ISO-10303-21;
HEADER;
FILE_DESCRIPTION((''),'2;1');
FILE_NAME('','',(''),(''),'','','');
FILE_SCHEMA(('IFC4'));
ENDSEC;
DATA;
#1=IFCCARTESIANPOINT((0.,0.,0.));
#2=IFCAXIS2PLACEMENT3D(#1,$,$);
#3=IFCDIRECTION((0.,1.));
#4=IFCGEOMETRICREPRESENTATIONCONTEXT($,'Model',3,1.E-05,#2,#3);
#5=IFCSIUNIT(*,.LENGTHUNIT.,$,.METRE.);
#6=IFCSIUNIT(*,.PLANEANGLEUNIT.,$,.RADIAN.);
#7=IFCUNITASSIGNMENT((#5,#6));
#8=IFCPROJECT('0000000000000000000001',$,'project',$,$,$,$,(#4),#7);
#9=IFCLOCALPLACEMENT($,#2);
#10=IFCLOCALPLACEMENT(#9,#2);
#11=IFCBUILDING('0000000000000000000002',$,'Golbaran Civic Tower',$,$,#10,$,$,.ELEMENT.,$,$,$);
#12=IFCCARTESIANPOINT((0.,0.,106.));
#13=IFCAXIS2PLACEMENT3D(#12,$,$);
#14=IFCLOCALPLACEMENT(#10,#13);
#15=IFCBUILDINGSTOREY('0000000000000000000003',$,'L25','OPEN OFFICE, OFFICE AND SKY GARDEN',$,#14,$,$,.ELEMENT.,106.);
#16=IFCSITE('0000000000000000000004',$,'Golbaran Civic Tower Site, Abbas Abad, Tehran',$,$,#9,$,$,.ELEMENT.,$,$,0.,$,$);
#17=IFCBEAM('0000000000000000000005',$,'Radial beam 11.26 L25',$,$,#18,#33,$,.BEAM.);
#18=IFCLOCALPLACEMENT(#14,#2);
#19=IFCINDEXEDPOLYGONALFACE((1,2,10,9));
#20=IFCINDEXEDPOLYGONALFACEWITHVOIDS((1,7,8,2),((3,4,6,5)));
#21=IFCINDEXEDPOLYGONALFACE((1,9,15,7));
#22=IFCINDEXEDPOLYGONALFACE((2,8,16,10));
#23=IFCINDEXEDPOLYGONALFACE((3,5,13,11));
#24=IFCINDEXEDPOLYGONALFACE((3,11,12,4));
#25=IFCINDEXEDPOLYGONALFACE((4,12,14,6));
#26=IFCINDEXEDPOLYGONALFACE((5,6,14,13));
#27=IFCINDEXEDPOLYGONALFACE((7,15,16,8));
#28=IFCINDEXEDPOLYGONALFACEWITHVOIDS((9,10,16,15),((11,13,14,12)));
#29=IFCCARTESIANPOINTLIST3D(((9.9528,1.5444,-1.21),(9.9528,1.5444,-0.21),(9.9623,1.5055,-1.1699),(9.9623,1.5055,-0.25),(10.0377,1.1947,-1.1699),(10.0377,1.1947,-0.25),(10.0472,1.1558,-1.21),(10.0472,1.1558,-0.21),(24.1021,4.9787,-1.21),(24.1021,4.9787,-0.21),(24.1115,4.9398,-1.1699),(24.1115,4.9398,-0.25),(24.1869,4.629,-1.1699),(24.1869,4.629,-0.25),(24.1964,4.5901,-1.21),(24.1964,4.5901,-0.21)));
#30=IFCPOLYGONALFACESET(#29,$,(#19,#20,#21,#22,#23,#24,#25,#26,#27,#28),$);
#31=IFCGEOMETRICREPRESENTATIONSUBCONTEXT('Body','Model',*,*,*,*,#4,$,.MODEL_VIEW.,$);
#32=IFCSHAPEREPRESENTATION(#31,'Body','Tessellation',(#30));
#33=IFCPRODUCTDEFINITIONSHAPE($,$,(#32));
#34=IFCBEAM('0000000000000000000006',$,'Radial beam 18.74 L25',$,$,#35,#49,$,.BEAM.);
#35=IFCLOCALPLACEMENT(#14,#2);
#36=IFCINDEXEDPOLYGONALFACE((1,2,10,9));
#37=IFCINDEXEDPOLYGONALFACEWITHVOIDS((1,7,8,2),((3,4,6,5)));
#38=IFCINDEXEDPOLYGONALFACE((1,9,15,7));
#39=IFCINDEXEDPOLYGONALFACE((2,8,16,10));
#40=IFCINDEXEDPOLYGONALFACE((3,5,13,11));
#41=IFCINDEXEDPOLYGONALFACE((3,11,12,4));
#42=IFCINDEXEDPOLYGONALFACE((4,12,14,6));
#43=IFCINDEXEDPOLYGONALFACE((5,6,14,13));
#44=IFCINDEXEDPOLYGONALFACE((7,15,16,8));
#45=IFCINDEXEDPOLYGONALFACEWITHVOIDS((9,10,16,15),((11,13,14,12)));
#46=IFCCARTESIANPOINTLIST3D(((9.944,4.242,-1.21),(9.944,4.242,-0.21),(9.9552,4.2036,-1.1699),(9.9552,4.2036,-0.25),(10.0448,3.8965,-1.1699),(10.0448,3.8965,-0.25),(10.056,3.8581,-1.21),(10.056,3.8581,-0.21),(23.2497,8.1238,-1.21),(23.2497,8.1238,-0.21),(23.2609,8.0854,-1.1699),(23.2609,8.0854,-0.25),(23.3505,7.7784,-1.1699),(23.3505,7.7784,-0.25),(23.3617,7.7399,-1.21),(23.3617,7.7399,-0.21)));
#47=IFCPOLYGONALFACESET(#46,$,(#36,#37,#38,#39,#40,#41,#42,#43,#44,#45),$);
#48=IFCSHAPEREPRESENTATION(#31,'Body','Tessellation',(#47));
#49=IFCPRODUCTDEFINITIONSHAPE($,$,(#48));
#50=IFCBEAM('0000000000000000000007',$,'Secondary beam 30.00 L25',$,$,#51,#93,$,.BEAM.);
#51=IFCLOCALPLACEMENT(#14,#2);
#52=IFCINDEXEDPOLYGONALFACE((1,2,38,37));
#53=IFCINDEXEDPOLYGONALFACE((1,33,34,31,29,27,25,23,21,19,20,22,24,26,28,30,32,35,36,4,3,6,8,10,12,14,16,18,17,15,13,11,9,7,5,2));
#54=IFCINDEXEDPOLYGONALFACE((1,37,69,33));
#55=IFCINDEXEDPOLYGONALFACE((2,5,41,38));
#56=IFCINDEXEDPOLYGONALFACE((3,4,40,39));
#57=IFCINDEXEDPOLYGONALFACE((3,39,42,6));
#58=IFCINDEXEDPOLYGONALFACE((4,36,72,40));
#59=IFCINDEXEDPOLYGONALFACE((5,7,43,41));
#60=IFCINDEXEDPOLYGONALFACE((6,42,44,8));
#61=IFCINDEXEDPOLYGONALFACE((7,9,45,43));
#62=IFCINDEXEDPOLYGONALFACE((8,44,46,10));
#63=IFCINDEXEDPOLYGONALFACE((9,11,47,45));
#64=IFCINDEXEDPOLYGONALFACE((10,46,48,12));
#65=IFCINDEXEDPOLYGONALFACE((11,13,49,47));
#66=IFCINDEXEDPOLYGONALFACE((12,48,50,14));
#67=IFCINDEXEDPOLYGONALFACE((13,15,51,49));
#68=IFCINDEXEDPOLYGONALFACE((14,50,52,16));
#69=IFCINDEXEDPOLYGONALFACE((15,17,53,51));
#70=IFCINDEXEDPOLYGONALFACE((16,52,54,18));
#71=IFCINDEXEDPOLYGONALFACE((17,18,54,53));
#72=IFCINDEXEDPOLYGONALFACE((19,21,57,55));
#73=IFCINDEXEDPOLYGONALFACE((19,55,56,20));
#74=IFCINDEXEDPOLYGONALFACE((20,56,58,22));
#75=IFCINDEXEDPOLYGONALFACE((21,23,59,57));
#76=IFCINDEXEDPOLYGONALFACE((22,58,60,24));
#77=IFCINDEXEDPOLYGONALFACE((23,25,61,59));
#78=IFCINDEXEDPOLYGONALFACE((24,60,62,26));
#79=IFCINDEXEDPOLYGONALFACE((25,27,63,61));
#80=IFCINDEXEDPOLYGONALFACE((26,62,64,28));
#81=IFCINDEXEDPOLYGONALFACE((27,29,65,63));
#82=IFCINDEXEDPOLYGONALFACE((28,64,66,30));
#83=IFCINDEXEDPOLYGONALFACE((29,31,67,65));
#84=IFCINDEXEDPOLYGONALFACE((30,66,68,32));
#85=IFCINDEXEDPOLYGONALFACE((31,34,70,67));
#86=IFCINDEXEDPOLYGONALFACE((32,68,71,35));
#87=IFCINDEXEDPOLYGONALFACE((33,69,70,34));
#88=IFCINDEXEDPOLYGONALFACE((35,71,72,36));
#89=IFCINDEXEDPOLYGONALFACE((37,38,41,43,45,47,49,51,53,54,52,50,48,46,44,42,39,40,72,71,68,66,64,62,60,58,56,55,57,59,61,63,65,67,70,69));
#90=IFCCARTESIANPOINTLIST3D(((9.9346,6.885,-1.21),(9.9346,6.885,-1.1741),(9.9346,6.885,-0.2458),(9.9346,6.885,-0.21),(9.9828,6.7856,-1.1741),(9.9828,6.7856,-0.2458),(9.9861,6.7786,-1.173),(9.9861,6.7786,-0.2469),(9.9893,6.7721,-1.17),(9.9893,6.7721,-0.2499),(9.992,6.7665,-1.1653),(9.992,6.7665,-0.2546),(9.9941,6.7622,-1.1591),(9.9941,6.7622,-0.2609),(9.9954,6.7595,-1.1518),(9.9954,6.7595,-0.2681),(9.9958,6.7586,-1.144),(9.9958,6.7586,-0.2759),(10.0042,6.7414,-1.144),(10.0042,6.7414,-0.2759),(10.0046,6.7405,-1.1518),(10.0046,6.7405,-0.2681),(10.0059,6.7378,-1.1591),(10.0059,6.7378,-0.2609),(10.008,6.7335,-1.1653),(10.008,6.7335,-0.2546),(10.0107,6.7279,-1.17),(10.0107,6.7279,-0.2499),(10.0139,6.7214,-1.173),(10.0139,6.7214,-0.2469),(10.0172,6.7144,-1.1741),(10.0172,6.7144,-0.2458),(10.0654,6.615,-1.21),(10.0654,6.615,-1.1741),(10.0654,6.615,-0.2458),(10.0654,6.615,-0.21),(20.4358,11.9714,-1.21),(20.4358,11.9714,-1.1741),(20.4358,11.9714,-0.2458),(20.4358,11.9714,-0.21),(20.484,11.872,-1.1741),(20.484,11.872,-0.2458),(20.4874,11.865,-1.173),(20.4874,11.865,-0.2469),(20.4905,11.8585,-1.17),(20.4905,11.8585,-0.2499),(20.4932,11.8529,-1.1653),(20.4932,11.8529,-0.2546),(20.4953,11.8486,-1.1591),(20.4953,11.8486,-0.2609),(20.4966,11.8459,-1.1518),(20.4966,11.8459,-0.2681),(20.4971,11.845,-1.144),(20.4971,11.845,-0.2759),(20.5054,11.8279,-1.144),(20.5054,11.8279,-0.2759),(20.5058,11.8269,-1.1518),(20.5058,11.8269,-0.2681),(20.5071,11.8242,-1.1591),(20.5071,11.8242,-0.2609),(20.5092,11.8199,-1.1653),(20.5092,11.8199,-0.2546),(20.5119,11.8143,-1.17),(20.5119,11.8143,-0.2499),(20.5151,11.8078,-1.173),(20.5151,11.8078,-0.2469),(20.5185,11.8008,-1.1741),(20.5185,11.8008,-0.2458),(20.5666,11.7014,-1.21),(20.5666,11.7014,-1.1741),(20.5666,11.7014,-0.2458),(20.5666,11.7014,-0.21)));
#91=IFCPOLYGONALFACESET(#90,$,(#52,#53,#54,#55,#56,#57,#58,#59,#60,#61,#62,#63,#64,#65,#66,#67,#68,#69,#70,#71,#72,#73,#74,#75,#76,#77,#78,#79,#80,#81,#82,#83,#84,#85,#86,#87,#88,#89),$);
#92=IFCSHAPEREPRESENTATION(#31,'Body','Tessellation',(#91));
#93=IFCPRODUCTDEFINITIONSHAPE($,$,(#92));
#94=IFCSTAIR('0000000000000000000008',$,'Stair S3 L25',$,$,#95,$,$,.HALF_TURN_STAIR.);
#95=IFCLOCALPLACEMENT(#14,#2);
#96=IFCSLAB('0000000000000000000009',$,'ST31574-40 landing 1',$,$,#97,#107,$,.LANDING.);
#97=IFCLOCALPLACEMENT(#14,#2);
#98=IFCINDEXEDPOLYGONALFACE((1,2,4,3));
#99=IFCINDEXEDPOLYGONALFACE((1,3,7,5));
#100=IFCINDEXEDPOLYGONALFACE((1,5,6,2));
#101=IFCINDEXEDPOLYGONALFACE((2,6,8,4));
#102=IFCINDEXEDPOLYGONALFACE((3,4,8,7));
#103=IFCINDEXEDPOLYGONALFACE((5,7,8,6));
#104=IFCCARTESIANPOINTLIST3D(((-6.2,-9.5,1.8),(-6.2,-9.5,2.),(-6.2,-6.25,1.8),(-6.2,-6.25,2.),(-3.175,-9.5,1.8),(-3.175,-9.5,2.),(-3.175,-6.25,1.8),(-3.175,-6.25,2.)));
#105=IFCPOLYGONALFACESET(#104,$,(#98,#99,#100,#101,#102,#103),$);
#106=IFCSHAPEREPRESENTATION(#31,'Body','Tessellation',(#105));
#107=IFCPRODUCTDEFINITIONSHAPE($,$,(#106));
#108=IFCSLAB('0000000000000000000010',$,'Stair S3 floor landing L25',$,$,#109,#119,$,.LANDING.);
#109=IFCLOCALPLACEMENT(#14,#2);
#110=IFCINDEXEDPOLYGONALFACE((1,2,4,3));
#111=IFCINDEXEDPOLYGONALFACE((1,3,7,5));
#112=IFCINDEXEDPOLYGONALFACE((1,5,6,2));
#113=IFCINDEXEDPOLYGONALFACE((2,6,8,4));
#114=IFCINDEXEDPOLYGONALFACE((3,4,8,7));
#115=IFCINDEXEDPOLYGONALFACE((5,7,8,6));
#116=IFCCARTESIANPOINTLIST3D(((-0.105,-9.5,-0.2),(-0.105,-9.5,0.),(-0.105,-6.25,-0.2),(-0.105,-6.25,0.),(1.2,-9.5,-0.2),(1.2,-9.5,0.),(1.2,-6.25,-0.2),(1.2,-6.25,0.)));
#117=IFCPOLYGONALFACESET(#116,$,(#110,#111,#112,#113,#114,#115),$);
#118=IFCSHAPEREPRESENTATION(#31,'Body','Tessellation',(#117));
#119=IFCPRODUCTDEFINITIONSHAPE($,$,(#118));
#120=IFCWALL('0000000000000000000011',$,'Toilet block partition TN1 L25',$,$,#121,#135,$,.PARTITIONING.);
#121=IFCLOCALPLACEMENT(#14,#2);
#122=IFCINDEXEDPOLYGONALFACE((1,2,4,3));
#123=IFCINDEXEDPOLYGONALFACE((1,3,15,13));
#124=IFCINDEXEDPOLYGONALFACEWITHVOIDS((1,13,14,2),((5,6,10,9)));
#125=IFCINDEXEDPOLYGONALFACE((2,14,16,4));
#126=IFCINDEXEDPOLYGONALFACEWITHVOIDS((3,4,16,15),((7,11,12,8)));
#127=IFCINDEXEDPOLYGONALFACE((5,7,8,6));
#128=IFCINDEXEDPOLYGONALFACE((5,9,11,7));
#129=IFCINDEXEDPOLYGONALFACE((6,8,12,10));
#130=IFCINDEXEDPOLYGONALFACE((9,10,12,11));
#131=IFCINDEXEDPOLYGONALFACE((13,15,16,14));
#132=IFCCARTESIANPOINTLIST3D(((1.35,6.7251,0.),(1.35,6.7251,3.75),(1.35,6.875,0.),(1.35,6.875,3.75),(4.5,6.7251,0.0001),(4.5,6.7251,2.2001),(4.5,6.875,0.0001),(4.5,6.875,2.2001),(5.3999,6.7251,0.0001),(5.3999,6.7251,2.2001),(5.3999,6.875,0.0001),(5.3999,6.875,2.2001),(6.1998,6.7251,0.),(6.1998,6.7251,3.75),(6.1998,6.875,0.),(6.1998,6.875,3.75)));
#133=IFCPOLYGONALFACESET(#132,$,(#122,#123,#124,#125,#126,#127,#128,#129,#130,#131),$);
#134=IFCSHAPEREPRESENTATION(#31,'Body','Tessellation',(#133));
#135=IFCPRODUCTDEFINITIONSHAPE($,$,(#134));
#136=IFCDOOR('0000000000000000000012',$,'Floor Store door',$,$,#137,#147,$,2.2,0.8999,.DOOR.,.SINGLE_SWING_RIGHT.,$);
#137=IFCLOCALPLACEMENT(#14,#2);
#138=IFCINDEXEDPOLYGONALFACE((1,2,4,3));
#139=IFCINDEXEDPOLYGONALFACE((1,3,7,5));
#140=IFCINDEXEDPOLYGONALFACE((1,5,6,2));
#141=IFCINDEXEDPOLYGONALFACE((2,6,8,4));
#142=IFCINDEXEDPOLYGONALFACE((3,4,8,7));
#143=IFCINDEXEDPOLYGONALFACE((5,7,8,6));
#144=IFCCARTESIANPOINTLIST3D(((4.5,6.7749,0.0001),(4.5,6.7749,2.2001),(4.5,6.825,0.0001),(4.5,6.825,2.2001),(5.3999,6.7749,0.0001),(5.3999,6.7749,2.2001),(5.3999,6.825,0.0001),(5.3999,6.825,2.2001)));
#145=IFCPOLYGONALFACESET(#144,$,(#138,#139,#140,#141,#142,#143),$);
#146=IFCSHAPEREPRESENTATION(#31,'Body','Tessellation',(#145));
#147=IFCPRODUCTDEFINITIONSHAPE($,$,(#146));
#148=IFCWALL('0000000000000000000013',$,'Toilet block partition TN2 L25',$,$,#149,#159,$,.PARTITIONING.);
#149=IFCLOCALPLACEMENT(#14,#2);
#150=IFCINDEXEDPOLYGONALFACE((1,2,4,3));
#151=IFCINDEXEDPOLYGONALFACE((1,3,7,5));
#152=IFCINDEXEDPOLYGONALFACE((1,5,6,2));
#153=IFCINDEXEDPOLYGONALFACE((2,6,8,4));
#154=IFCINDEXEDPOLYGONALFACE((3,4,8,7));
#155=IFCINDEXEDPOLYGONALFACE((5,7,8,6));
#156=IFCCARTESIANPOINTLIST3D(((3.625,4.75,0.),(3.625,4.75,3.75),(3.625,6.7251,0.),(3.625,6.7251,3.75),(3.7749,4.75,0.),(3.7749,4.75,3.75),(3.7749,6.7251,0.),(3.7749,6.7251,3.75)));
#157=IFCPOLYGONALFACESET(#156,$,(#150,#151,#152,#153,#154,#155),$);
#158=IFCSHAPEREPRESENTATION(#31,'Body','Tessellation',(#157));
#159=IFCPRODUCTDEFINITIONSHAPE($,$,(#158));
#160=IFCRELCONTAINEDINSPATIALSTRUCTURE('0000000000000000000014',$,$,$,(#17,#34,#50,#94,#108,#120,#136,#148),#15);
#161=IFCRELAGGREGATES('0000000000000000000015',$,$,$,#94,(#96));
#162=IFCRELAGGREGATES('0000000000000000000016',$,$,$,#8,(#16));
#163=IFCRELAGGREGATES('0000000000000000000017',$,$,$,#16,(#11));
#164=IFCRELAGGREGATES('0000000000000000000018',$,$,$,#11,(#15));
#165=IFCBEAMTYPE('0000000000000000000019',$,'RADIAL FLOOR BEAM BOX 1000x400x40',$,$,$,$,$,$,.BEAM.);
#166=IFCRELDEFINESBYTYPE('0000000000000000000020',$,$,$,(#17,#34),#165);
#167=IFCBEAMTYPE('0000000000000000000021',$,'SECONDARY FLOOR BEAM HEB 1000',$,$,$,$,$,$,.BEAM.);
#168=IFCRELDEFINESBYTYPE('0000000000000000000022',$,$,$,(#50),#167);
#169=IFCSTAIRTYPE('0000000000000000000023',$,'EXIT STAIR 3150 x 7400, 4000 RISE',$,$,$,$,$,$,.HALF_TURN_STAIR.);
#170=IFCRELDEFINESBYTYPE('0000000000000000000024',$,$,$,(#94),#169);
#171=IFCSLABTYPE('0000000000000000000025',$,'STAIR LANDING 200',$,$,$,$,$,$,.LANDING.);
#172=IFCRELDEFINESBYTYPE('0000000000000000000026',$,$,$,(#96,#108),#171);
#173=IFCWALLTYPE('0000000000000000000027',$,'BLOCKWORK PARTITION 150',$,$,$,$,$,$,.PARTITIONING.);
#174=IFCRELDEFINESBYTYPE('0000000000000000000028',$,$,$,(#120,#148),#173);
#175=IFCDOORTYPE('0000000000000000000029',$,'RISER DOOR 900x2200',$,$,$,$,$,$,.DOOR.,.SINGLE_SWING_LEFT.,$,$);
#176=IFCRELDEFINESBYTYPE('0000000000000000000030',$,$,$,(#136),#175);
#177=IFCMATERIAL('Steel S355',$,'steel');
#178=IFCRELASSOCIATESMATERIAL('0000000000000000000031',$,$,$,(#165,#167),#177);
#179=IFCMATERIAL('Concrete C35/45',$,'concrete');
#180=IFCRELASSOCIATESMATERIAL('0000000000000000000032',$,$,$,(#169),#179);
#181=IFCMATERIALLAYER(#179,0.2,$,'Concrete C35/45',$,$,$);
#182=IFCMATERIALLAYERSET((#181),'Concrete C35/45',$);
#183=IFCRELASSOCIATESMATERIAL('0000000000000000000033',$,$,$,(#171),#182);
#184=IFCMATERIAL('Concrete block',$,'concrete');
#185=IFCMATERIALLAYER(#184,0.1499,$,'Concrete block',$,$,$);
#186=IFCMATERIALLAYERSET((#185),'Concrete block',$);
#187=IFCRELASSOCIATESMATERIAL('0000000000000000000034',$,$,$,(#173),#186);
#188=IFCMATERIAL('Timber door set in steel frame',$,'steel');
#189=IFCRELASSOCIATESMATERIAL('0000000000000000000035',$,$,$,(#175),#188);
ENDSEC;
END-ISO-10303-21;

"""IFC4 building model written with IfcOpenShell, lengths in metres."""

from ifc_helpers import new_model, si_unit, direction, frame, frame_2d, origin, origin_2d, place, context, subcontext, project, spatial, polyline, rectangle, hollow_rectangle, i_section, outline, extrude, material, layer, layer_set, material_profile, profile_set, type_object, element, fill, aggregate, save


model = new_model("IFC4")

# Units and contexts
model_context = context("Model", 3, precision=1e-05, world=origin(), true_north=direction((0.0, 1.0)))
body_context = subcontext(model_context, "Body", "Model", "MODEL_VIEW")
ifc_project = project(units=[si_unit("LENGTHUNIT", "METRE"), si_unit("PLANEANGLEUNIT", "RADIAN")], contexts=[model_context])

# Site, building, storey
site_placement = place(None, origin())
site = spatial("IfcSite", under=ifc_project, at=site_placement, Name="Golbaran Civic Tower Site, Abbas Abad, Tehran", CompositionType="ELEMENT", RefElevation=0.0)
building_placement = place(site_placement, origin())
building = spatial("IfcBuilding", under=site, at=building_placement, Name="Golbaran Civic Tower", CompositionType="ELEMENT")
storey_placement = place(building_placement, frame((0.0, 0.0, 106.0)))
storey = spatial("IfcBuildingStorey", under=building, at=storey_placement, Name="L25", Description="OPEN OFFICE, OFFICE AND SKY GARDEN", CompositionType="ELEMENT", Elevation=106.0)

# Beams
ifc_material_1 = material(Name="Steel S355", Category="steel")
ifc_material_profile_1 = material_profile(ifc_material_1, hollow_rectangle(XDim=0.3999, YDim=1.0, WallThickness=0.04, at=origin_2d()), Name="BOX 1000x400x40")
ifc_profile_set_1 = profile_set([ifc_material_profile_1], Name="Steel S355")
beam_type_1 = type_object("IfcBeamType", Name="RADIAL FLOOR BEAM BOX 1000x400x40", PredefinedType="BEAM", material=ifc_profile_set_1)
beam_1_placement = place(storey_placement, frame((10.0, 1.3501, -0.71), z_axis=(0.971784, 0.235874, 0.0), x_axis=(-0.235874, 0.971784, 0.0)))
element("IfcBeam", 1, at=beam_1_placement, inside=storey, type_object=beam_type_1, Name="Radial beam 11.26 L25", PredefinedType="BEAM", context=body_context, shape_type="SweptSolid", body=[
    extrude(hollow_rectangle(XDim=0.3999, YDim=1.0, WallThickness=0.04, at=origin_2d()), origin(), (0.0, 0.0, 1.0), 14.5601),
])
beam_2_placement = place(storey_placement, frame((10.0, 4.05, -0.71), z_axis=(0.95998, 0.280068, 0.0), x_axis=(-0.280068, 0.95998, 0.0)))
element("IfcBeam", 2, at=beam_2_placement, inside=storey, type_object=beam_type_1, Name="Radial beam 18.74 L25", PredefinedType="BEAM", context=body_context, shape_type="SweptSolid", body=[
    extrude(hollow_rectangle(XDim=0.3999, YDim=1.0, WallThickness=0.04, at=origin_2d()), origin(), (0.0, 0.0, 1.0), 13.8604),
])
ifc_material_profile_2 = material_profile(ifc_material_1, i_section(OverallWidth=0.3, OverallDepth=1.0, WebThickness=0.019, FlangeThickness=0.0359, FilletRadius=0.03, at=origin_2d()), Name="HEB 1000")
ifc_profile_set_2 = profile_set([ifc_material_profile_2], Name="Steel S355")
beam_type_2 = type_object("IfcBeamType", Name="SECONDARY FLOOR BEAM HEB 1000", PredefinedType="BEAM", material=ifc_profile_set_2)
beam_3_placement = place(storey_placement, frame((10.0, 6.75, -0.71), z_axis=(0.899985, 0.435921, 0.0), x_axis=(-0.435921, 0.899985, 0.0)))
element("IfcBeam", 3, at=beam_3_placement, inside=storey, type_object=beam_type_2, Name="Secondary beam 30.00 L25", PredefinedType="BEAM", context=body_context, shape_type="SweptSolid", body=[
    extrude(i_section(OverallWidth=0.3, OverallDepth=1.0, WebThickness=0.019, FlangeThickness=0.0359, FilletRadius=0.03, at=origin_2d()), origin(), (0.0, 0.0, 1.0), 11.6682),
])

# Stair, slab
ifc_material_2 = material(Name="Concrete C35/45", Category="concrete")
stair_type = type_object("IfcStairType", Name="EXIT STAIR 3150 x 7400, 4000 RISE", PredefinedType="HALF_TURN_STAIR", material=ifc_material_2)
stair_placement = place(storey_placement, origin())
stair = element("IfcStair", 4, at=stair_placement, inside=storey, type_object=stair_type, Name="Stair S3 L25", PredefinedType="HALF_TURN_STAIR")
ifc_layer_1 = layer(ifc_material_2, 0.2, Name="Concrete C35/45")
ifc_layer_set_1 = layer_set([ifc_layer_1], Name="Concrete C35/45")
slab_type = type_object("IfcSlabType", Name="STAIR LANDING 200", PredefinedType="LANDING", material=ifc_layer_set_1)
slab_1_placement = place(storey_placement, frame((0.0, 0.0, 1.8)))
slab_1 = element("IfcSlab", 5, at=slab_1_placement, type_object=slab_type, Name="ST31574-40 landing 1", PredefinedType="LANDING", context=body_context, shape_type="SweptSolid", body=[
    extrude(outline(polyline([(-3.175, -9.5), (-6.2, -9.5), (-6.2, -6.25), (-3.175, -6.25), (-3.175, -9.5)])), origin(), (0.0, 0.0, 1.0), 0.2),
])
aggregate(stair, [slab_1])

# Slab
slab_2_placement = place(storey_placement, frame((0.0, 0.0, -0.2)))
element("IfcSlab", 6, at=slab_2_placement, inside=storey, type_object=slab_type, Name="Stair S3 floor landing L25", PredefinedType="LANDING", context=body_context, shape_type="SweptSolid", body=[
    extrude(outline(polyline([(1.2, -9.5), (-0.105, -9.5), (-0.105, -6.25), (1.2, -6.25), (1.2, -9.5)])), origin(), (0.0, 0.0, 1.0), 0.2),
])

# Wall, opening, door
ifc_material_3 = material(Name="Concrete block", Category="concrete")
ifc_layer_2 = layer(ifc_material_3, 0.1499, Name="Concrete block")
ifc_layer_set_2 = layer_set([ifc_layer_2], Name="Concrete block")
wall_type_1 = type_object("IfcWallType", Name="BLOCKWORK PARTITION 150", PredefinedType="PARTITIONING", material=ifc_layer_set_2)
wall_1_placement = place(storey_placement, frame((1.3501, 6.8, 0.0), z_axis=(0.0, 0.0, 1.0), x_axis=(1.0, 0.0, 0.0)))
wall_1 = element("IfcWall", 7, at=wall_1_placement, inside=storey, type_object=wall_type_1, Name="Toilet block partition TN1 L25", PredefinedType="PARTITIONING", context=body_context, shape_type="SweptSolid", body=[
    extrude(rectangle(XDim=4.8499, YDim=0.1499, at=frame_2d((2.4248, 0.0))), origin(), (0.0, 0.0, 1.0), 3.75),
])
opening_1_placement = place(wall_1_placement, frame((3.1499, 0.0, 0.0)))
opening_1 = element("IfcOpeningElement", 8, at=opening_1_placement, cuts=wall_1, PredefinedType="OPENING", context=body_context, shape_type="SweptSolid", body=[
    extrude(rectangle(XDim=0.8999, YDim=2.2, at=frame_2d((0.45, 1.1001))), frame((0.0, 0.085, 0.0), z_axis=(0.0, -1.0, 0.0), x_axis=(1.0, 0.0, 0.0)), (0.0, 0.0, 1.0), 0.1699),
])
ifc_material_4 = material(Name="Timber door set in steel frame", Category="steel")
door_type_1 = type_object("IfcDoorType", Name="RISER DOOR 900x2200", OperationType="SINGLE_SWING_LEFT", PredefinedType="DOOR", material=ifc_material_4)
door_1_placement = place(opening_1_placement, origin())
door_1 = element("IfcDoor", 9, at=door_1_placement, inside=storey, type_object=door_type_1, Name="Floor Store door", OperationType="SINGLE_SWING_RIGHT", OverallHeight=2.2, OverallWidth=0.8999, PredefinedType="DOOR", context=body_context, shape_type="SweptSolid", body=[
    extrude(rectangle(XDim=0.8999, YDim=2.2, at=frame_2d((0.45, 1.1001))), frame((0.0, 0.0249, 0.0), z_axis=(0.0, -1.0, 0.0), x_axis=(1.0, 0.0, 0.0)), (0.0, 0.0, 1.0), 0.05),
])
fill(opening_1, door_1)

# Wall
wall_2_placement = place(storey_placement, frame((3.7, 4.75, 0.0), z_axis=(0.0, 0.0, 1.0), x_axis=(0.0, 1.0, 0.0)))
element("IfcWall", 10, at=wall_2_placement, inside=storey, type_object=wall_type_1, Name="Toilet block partition TN2 L25", PredefinedType="PARTITIONING", context=body_context, shape_type="SweptSolid", body=[
    extrude(rectangle(XDim=1.9751, YDim=0.1499, at=frame_2d((0.9875, 0.0))), origin(), (0.0, 0.0, 1.0), 3.75),
])

save(model, "model.ifc")
